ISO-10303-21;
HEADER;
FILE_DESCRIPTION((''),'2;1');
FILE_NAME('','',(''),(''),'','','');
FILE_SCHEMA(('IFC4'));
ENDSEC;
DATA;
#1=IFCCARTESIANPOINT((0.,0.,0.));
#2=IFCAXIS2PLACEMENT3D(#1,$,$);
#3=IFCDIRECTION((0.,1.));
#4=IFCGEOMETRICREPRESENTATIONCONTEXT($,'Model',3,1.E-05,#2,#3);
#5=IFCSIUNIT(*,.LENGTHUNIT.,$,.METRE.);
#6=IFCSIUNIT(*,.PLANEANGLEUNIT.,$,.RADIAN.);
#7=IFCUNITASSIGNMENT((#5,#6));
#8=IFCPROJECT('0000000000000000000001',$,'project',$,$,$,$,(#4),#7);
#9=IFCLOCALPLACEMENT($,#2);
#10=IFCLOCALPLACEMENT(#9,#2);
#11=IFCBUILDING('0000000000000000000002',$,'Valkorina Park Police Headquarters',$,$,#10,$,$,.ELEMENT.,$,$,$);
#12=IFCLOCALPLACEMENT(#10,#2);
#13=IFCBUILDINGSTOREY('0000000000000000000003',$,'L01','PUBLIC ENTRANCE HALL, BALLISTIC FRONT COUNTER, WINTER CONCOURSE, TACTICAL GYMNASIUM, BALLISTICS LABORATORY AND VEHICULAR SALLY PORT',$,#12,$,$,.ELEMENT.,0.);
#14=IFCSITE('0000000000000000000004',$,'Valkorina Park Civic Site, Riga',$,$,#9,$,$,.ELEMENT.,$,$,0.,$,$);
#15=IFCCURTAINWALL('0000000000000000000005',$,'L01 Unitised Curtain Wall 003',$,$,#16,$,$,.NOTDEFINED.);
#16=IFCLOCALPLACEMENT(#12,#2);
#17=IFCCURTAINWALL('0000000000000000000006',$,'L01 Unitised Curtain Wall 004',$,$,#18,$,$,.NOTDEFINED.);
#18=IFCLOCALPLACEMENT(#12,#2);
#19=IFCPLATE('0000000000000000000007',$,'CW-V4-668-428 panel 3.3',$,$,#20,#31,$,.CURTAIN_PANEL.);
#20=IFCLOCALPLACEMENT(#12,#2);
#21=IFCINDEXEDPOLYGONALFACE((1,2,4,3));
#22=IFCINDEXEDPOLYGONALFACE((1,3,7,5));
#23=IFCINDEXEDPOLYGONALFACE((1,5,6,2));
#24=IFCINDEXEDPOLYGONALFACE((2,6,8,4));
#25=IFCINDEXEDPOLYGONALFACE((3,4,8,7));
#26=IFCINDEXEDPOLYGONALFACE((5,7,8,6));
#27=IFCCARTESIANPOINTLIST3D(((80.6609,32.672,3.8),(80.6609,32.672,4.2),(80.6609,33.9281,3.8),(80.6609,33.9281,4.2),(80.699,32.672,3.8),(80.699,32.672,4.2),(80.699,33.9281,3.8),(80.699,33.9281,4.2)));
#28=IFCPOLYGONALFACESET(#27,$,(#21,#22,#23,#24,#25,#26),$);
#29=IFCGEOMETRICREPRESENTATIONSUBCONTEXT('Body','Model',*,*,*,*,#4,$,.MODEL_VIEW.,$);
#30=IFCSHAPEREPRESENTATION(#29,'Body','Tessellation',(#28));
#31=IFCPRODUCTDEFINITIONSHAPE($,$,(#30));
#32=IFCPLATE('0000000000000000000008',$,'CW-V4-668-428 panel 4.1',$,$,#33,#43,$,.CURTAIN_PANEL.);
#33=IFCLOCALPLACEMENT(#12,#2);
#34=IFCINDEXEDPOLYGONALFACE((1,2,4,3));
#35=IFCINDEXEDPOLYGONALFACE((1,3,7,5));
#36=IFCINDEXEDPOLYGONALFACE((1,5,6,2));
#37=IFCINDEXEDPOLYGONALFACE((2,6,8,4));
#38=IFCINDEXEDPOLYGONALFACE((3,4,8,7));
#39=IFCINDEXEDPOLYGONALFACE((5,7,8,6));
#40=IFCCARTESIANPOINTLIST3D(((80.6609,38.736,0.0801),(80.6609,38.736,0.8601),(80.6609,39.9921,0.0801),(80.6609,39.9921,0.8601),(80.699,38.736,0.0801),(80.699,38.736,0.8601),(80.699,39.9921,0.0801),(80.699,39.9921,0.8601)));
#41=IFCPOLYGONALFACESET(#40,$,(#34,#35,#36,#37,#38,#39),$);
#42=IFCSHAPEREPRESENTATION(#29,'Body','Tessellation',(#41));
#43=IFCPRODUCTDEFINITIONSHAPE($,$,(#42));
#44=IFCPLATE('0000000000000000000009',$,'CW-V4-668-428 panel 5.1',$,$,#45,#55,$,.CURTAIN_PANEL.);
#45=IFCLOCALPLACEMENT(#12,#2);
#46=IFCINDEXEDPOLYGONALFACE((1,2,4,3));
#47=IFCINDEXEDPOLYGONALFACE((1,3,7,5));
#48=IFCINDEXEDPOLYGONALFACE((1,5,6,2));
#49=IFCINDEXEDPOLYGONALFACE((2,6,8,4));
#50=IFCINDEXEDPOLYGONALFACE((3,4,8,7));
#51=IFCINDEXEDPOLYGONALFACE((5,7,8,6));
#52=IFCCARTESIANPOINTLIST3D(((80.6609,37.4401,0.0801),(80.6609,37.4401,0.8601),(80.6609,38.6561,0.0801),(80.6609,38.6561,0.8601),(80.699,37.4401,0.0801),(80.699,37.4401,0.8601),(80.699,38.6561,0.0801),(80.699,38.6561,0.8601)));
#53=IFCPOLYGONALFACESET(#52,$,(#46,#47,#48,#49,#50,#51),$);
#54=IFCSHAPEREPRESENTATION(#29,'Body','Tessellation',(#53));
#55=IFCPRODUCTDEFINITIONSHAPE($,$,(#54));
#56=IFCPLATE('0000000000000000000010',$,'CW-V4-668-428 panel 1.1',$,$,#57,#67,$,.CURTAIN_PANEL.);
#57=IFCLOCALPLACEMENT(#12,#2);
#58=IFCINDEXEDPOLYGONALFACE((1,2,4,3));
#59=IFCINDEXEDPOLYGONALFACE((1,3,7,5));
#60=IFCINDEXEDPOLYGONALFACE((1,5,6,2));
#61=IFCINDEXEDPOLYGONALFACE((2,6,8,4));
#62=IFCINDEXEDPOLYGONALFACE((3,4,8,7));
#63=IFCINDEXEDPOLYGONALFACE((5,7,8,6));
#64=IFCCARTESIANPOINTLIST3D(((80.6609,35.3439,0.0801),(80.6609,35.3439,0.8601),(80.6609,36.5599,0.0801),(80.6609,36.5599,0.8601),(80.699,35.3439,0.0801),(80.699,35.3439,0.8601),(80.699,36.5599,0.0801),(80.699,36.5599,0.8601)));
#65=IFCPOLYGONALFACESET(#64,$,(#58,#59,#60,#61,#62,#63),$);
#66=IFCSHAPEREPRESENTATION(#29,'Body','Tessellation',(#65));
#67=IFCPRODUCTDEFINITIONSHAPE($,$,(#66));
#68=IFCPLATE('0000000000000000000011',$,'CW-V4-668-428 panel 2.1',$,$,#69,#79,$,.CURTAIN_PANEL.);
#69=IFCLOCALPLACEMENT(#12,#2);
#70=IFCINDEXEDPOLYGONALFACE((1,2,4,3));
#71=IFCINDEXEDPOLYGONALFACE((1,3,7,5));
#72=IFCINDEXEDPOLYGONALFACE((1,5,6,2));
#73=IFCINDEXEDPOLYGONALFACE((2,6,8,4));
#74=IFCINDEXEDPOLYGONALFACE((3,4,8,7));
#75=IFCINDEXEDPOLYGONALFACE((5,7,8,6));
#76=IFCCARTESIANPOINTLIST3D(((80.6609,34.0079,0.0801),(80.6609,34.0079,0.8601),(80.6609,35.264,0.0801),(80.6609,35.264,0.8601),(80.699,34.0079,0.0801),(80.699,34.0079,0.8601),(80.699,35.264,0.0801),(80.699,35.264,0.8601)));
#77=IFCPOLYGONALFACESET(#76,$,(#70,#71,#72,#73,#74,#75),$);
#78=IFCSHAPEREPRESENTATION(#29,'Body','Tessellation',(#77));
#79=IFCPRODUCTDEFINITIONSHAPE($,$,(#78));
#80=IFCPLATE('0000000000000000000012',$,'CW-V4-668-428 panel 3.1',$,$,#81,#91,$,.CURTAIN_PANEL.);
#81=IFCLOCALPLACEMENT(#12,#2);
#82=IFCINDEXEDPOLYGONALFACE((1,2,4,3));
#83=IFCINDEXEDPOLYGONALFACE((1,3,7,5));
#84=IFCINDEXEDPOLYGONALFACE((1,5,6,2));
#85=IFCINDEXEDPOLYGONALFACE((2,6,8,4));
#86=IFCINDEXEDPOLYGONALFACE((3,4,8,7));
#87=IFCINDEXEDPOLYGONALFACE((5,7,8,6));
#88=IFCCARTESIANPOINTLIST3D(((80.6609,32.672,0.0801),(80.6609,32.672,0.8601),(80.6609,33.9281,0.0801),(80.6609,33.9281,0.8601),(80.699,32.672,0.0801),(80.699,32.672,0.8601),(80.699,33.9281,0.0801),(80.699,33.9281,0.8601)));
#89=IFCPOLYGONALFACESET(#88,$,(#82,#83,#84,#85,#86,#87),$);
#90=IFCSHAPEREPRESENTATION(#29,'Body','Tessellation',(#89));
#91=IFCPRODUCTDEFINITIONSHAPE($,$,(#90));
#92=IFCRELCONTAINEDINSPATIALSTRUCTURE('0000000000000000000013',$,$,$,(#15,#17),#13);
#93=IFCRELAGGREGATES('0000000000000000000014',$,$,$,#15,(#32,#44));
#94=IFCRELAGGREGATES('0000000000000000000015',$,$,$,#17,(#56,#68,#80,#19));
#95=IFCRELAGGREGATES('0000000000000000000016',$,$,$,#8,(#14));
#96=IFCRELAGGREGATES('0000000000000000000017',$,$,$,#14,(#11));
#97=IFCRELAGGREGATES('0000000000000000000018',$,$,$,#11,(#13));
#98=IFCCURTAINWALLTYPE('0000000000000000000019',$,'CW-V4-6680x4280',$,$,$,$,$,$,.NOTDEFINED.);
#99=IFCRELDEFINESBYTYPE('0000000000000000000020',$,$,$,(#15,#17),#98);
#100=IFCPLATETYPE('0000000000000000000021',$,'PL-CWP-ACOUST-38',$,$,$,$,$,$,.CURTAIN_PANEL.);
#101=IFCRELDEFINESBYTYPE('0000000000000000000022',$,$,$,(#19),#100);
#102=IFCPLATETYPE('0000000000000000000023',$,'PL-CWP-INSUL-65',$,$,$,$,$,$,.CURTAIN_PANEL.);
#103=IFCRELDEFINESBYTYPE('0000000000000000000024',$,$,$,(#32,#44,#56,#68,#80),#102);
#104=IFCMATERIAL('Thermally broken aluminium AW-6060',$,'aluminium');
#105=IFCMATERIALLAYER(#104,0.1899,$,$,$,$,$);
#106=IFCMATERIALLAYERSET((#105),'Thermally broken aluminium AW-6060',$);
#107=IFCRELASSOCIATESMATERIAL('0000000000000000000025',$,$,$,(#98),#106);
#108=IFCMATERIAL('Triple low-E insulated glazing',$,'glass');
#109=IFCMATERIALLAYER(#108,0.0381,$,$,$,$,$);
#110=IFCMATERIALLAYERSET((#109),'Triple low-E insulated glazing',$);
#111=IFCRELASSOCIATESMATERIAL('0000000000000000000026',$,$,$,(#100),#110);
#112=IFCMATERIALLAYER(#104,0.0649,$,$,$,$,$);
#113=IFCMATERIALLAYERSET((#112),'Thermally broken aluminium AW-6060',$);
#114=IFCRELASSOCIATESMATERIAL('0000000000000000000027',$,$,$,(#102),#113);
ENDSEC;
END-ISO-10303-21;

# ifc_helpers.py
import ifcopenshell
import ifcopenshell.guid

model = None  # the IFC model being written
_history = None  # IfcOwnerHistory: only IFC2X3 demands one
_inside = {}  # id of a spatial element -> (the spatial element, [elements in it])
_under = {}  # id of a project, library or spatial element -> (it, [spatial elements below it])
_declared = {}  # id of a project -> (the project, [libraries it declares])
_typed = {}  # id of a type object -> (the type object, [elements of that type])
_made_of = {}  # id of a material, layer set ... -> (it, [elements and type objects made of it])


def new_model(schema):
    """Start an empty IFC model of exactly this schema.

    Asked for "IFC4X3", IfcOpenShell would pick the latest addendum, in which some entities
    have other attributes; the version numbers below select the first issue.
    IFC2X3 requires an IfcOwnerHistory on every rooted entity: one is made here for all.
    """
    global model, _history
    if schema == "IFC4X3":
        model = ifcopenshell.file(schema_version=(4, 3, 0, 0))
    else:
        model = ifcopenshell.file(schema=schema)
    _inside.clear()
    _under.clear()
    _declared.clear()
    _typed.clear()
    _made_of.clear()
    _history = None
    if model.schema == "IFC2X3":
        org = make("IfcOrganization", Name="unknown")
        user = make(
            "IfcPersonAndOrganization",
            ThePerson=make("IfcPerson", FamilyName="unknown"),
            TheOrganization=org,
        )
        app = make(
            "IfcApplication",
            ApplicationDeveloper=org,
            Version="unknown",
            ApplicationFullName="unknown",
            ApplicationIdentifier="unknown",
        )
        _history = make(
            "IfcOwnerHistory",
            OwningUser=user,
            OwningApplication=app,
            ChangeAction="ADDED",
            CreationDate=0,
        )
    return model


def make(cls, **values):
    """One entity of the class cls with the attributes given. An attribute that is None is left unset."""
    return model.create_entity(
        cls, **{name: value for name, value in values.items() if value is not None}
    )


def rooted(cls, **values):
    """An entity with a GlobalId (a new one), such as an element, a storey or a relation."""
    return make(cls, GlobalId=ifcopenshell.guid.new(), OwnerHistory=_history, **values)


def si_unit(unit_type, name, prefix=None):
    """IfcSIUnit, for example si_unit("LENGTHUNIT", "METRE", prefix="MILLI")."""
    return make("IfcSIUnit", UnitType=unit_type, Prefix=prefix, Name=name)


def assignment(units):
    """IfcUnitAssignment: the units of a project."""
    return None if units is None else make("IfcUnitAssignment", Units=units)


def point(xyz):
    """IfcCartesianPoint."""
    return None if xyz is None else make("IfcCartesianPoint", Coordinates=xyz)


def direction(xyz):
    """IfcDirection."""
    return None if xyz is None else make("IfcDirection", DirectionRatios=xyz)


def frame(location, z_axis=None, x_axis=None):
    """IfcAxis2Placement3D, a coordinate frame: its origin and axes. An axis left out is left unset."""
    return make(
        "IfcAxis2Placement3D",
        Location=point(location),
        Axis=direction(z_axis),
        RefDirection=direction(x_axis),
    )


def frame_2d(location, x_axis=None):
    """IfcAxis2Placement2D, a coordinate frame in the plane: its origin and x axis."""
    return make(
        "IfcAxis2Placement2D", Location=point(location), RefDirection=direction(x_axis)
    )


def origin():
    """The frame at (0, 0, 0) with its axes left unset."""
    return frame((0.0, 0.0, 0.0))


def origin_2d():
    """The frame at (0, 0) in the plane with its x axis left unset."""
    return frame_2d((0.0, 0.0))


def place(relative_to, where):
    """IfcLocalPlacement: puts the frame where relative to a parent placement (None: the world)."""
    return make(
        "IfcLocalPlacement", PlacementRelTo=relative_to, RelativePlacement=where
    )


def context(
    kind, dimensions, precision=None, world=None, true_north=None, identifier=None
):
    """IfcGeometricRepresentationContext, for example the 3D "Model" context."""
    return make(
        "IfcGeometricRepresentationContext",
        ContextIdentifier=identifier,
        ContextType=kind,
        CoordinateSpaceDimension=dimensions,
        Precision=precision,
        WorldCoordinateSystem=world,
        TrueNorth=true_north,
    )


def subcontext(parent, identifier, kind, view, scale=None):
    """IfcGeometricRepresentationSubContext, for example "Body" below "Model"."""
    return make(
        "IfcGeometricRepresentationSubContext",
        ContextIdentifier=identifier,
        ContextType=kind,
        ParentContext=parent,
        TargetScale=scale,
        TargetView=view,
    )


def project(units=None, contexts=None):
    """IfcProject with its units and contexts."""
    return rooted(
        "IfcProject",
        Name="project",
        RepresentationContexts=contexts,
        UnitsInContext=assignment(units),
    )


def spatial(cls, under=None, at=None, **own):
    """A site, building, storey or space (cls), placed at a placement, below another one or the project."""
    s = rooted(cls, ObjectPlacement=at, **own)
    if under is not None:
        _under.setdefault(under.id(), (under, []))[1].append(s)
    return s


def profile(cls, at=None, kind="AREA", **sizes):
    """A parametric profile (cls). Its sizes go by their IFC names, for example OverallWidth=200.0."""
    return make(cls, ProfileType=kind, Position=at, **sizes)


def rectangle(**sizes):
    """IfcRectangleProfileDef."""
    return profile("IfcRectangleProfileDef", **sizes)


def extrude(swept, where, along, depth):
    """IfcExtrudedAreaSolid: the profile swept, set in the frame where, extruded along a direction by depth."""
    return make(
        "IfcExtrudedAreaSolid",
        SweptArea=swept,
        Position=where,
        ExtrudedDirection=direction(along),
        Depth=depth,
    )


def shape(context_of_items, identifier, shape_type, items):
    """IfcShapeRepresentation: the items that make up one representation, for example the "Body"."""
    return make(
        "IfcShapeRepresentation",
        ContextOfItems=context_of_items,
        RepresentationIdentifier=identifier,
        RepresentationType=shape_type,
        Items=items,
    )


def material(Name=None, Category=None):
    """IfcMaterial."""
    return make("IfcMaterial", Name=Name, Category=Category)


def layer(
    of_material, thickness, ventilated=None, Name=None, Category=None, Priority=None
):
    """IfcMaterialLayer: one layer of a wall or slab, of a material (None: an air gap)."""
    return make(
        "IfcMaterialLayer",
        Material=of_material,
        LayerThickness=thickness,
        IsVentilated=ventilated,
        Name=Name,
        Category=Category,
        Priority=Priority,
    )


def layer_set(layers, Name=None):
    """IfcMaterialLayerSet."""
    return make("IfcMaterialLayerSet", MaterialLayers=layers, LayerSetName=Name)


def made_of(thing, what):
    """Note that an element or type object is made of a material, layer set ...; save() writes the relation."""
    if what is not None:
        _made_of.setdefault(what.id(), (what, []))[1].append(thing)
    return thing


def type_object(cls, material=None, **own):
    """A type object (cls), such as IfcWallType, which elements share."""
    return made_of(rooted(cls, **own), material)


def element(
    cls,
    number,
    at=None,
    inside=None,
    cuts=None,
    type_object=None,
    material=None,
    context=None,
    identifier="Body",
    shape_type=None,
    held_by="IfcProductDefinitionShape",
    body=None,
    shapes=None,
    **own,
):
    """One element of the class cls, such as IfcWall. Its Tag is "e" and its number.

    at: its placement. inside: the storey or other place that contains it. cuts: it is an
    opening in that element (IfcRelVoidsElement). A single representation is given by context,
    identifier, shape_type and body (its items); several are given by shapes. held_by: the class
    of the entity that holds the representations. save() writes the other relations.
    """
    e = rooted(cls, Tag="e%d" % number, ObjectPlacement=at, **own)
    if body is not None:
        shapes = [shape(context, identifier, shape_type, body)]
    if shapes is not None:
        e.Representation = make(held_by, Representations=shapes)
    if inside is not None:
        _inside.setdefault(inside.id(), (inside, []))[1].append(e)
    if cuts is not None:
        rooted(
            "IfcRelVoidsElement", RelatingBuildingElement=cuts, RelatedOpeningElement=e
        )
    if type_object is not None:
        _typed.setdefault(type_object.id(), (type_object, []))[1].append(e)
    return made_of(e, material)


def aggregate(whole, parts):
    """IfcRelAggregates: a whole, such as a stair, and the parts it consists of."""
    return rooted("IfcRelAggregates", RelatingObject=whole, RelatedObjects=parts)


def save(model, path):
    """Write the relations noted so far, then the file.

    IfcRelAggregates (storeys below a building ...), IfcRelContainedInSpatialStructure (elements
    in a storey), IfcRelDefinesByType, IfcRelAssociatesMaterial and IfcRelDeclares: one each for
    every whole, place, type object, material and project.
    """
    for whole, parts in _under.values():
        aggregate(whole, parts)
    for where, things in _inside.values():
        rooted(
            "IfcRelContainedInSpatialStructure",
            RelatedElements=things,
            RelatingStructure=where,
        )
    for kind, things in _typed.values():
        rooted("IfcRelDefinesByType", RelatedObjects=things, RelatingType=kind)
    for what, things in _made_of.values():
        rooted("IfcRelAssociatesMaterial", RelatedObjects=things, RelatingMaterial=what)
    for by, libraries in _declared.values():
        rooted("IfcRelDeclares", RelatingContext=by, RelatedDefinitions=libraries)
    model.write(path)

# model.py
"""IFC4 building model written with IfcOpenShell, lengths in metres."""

from ifc_helpers import new_model, si_unit, direction, frame, origin, origin_2d, place, context, subcontext, project, spatial, rectangle, extrude, material, layer, layer_set, type_object, element, aggregate, save


model = new_model("IFC4")

# Units and contexts
model_context = context("Model", 3, precision=1e-05, world=origin(), true_north=direction((0.0, 1.0)))
body_context = subcontext(model_context, "Body", "Model", "MODEL_VIEW")
ifc_project = project(units=[si_unit("LENGTHUNIT", "METRE"), si_unit("PLANEANGLEUNIT", "RADIAN")], contexts=[model_context])

# Site, building, storey
site_placement = place(None, origin())
site = spatial("IfcSite", under=ifc_project, at=site_placement, Name="Valkorina Park Civic Site, Riga", CompositionType="ELEMENT", RefElevation=0.0)
building_placement = place(site_placement, origin())
building = spatial("IfcBuilding", under=site, at=building_placement, Name="Valkorina Park Police Headquarters", CompositionType="ELEMENT")
storey_placement = place(building_placement, origin())
storey = spatial("IfcBuildingStorey", under=building, at=storey_placement, Name="L01", Description="PUBLIC ENTRANCE HALL, BALLISTIC FRONT COUNTER, WINTER CONCOURSE, TACTICAL GYMNASIUM, BALLISTICS LABORATORY AND VEHICULAR SALLY PORT", CompositionType="ELEMENT", Elevation=0.0)

# Curtain walls
ifc_material_1 = material(Name="Thermally broken aluminium AW-6060", Category="aluminium")
ifc_layer_1 = layer(ifc_material_1, 0.1899)
ifc_layer_set_1 = layer_set([ifc_layer_1], Name="Thermally broken aluminium AW-6060")
curtain_wall_type = type_object("IfcCurtainWallType", Name="CW-V4-6680x4280", PredefinedType="NOTDEFINED", material=ifc_layer_set_1)
curtain_wall_1_placement = place(storey_placement, origin())
curtain_wall_1 = element("IfcCurtainWall", 1, at=curtain_wall_1_placement, inside=storey, type_object=curtain_wall_type, Name="L01 Unitised Curtain Wall 003", PredefinedType="NOTDEFINED")
curtain_wall_2_placement = place(storey_placement, origin())
curtain_wall_2 = element("IfcCurtainWall", 2, at=curtain_wall_2_placement, inside=storey, type_object=curtain_wall_type, Name="L01 Unitised Curtain Wall 004", PredefinedType="NOTDEFINED")

# Plates
ifc_material_2 = material(Name="Triple low-E insulated glazing", Category="glass")
ifc_layer_2 = layer(ifc_material_2, 0.0381)
ifc_layer_set_2 = layer_set([ifc_layer_2], Name="Triple low-E insulated glazing")
plate_type_1 = type_object("IfcPlateType", Name="PL-CWP-ACOUST-38", PredefinedType="CURTAIN_PANEL", material=ifc_layer_set_2)
plate_1_placement = place(storey_placement, frame((80.6799, 33.3, 3.8), z_axis=(0.0, 0.0, 1.0), x_axis=(0.0, -1.0, 0.0)))
plate_1 = element("IfcPlate", 3, at=plate_1_placement, type_object=plate_type_1, Name="CW-V4-668-428 panel 3.3", PredefinedType="CURTAIN_PANEL", context=body_context, shape_type="SweptSolid", body=[
    extrude(rectangle(XDim=1.2561, YDim=0.0381, at=origin_2d()), origin(), (0.0, 0.0, 1.0), 0.3999),
])
ifc_layer_3 = layer(ifc_material_1, 0.0649)
ifc_layer_set_3 = layer_set([ifc_layer_3], Name="Thermally broken aluminium AW-6060")
plate_type_2 = type_object("IfcPlateType", Name="PL-CWP-INSUL-65", PredefinedType="CURTAIN_PANEL", material=ifc_layer_set_3)
plate_2_placement = place(storey_placement, frame((80.6799, 39.364, 0.0801), z_axis=(0.0, 0.0, 1.0), x_axis=(0.0, -1.0, 0.0)))
plate_2 = element("IfcPlate", 4, at=plate_2_placement, type_object=plate_type_2, Name="CW-V4-668-428 panel 4.1", PredefinedType="CURTAIN_PANEL", context=body_context, shape_type="SweptSolid", body=[
    extrude(rectangle(XDim=1.2561, YDim=0.0381, at=origin_2d()), origin(), (0.0, 0.0, 1.0), 0.78),
])
plate_3_placement = place(storey_placement, frame((80.6799, 38.0481, 0.0801), z_axis=(0.0, 0.0, 1.0), x_axis=(0.0, -1.0, 0.0)))
plate_3 = element("IfcPlate", 5, at=plate_3_placement, type_object=plate_type_2, Name="CW-V4-668-428 panel 5.1", PredefinedType="CURTAIN_PANEL", context=body_context, shape_type="SweptSolid", body=[
    extrude(rectangle(XDim=1.2161, YDim=0.0381, at=origin_2d()), origin(), (0.0, 0.0, 1.0), 0.78),
])
aggregate(curtain_wall_1, [plate_2, plate_3])
plate_4_placement = place(storey_placement, frame((80.6799, 35.9519, 0.0801), z_axis=(0.0, 0.0, 1.0), x_axis=(0.0, -1.0, 0.0)))
plate_4 = element("IfcPlate", 6, at=plate_4_placement, type_object=plate_type_2, Name="CW-V4-668-428 panel 1.1", PredefinedType="CURTAIN_PANEL", context=body_context, shape_type="SweptSolid", body=[
    extrude(rectangle(XDim=1.2161, YDim=0.0381, at=origin_2d()), origin(), (0.0, 0.0, 1.0), 0.78),
])
plate_5_placement = place(storey_placement, frame((80.6799, 34.636, 0.0801), z_axis=(0.0, 0.0, 1.0), x_axis=(0.0, -1.0, 0.0)))
plate_5 = element("IfcPlate", 7, at=plate_5_placement, type_object=plate_type_2, Name="CW-V4-668-428 panel 2.1", PredefinedType="CURTAIN_PANEL", context=body_context, shape_type="SweptSolid", body=[
    extrude(rectangle(XDim=1.2561, YDim=0.0381, at=origin_2d()), origin(), (0.0, 0.0, 1.0), 0.78),
])
plate_6_placement = place(storey_placement, frame((80.6799, 33.3, 0.0801), z_axis=(0.0, 0.0, 1.0), x_axis=(0.0, -1.0, 0.0)))
plate_6 = element("IfcPlate", 8, at=plate_6_placement, type_object=plate_type_2, Name="CW-V4-668-428 panel 3.1", PredefinedType="CURTAIN_PANEL", context=body_context, shape_type="SweptSolid", body=[
    extrude(rectangle(XDim=1.2561, YDim=0.0381, at=origin_2d()), origin(), (0.0, 0.0, 1.0), 0.78),
])
aggregate(curtain_wall_2, [plate_4, plate_5, plate_6, plate_1])

save(model, "model.ifc")
